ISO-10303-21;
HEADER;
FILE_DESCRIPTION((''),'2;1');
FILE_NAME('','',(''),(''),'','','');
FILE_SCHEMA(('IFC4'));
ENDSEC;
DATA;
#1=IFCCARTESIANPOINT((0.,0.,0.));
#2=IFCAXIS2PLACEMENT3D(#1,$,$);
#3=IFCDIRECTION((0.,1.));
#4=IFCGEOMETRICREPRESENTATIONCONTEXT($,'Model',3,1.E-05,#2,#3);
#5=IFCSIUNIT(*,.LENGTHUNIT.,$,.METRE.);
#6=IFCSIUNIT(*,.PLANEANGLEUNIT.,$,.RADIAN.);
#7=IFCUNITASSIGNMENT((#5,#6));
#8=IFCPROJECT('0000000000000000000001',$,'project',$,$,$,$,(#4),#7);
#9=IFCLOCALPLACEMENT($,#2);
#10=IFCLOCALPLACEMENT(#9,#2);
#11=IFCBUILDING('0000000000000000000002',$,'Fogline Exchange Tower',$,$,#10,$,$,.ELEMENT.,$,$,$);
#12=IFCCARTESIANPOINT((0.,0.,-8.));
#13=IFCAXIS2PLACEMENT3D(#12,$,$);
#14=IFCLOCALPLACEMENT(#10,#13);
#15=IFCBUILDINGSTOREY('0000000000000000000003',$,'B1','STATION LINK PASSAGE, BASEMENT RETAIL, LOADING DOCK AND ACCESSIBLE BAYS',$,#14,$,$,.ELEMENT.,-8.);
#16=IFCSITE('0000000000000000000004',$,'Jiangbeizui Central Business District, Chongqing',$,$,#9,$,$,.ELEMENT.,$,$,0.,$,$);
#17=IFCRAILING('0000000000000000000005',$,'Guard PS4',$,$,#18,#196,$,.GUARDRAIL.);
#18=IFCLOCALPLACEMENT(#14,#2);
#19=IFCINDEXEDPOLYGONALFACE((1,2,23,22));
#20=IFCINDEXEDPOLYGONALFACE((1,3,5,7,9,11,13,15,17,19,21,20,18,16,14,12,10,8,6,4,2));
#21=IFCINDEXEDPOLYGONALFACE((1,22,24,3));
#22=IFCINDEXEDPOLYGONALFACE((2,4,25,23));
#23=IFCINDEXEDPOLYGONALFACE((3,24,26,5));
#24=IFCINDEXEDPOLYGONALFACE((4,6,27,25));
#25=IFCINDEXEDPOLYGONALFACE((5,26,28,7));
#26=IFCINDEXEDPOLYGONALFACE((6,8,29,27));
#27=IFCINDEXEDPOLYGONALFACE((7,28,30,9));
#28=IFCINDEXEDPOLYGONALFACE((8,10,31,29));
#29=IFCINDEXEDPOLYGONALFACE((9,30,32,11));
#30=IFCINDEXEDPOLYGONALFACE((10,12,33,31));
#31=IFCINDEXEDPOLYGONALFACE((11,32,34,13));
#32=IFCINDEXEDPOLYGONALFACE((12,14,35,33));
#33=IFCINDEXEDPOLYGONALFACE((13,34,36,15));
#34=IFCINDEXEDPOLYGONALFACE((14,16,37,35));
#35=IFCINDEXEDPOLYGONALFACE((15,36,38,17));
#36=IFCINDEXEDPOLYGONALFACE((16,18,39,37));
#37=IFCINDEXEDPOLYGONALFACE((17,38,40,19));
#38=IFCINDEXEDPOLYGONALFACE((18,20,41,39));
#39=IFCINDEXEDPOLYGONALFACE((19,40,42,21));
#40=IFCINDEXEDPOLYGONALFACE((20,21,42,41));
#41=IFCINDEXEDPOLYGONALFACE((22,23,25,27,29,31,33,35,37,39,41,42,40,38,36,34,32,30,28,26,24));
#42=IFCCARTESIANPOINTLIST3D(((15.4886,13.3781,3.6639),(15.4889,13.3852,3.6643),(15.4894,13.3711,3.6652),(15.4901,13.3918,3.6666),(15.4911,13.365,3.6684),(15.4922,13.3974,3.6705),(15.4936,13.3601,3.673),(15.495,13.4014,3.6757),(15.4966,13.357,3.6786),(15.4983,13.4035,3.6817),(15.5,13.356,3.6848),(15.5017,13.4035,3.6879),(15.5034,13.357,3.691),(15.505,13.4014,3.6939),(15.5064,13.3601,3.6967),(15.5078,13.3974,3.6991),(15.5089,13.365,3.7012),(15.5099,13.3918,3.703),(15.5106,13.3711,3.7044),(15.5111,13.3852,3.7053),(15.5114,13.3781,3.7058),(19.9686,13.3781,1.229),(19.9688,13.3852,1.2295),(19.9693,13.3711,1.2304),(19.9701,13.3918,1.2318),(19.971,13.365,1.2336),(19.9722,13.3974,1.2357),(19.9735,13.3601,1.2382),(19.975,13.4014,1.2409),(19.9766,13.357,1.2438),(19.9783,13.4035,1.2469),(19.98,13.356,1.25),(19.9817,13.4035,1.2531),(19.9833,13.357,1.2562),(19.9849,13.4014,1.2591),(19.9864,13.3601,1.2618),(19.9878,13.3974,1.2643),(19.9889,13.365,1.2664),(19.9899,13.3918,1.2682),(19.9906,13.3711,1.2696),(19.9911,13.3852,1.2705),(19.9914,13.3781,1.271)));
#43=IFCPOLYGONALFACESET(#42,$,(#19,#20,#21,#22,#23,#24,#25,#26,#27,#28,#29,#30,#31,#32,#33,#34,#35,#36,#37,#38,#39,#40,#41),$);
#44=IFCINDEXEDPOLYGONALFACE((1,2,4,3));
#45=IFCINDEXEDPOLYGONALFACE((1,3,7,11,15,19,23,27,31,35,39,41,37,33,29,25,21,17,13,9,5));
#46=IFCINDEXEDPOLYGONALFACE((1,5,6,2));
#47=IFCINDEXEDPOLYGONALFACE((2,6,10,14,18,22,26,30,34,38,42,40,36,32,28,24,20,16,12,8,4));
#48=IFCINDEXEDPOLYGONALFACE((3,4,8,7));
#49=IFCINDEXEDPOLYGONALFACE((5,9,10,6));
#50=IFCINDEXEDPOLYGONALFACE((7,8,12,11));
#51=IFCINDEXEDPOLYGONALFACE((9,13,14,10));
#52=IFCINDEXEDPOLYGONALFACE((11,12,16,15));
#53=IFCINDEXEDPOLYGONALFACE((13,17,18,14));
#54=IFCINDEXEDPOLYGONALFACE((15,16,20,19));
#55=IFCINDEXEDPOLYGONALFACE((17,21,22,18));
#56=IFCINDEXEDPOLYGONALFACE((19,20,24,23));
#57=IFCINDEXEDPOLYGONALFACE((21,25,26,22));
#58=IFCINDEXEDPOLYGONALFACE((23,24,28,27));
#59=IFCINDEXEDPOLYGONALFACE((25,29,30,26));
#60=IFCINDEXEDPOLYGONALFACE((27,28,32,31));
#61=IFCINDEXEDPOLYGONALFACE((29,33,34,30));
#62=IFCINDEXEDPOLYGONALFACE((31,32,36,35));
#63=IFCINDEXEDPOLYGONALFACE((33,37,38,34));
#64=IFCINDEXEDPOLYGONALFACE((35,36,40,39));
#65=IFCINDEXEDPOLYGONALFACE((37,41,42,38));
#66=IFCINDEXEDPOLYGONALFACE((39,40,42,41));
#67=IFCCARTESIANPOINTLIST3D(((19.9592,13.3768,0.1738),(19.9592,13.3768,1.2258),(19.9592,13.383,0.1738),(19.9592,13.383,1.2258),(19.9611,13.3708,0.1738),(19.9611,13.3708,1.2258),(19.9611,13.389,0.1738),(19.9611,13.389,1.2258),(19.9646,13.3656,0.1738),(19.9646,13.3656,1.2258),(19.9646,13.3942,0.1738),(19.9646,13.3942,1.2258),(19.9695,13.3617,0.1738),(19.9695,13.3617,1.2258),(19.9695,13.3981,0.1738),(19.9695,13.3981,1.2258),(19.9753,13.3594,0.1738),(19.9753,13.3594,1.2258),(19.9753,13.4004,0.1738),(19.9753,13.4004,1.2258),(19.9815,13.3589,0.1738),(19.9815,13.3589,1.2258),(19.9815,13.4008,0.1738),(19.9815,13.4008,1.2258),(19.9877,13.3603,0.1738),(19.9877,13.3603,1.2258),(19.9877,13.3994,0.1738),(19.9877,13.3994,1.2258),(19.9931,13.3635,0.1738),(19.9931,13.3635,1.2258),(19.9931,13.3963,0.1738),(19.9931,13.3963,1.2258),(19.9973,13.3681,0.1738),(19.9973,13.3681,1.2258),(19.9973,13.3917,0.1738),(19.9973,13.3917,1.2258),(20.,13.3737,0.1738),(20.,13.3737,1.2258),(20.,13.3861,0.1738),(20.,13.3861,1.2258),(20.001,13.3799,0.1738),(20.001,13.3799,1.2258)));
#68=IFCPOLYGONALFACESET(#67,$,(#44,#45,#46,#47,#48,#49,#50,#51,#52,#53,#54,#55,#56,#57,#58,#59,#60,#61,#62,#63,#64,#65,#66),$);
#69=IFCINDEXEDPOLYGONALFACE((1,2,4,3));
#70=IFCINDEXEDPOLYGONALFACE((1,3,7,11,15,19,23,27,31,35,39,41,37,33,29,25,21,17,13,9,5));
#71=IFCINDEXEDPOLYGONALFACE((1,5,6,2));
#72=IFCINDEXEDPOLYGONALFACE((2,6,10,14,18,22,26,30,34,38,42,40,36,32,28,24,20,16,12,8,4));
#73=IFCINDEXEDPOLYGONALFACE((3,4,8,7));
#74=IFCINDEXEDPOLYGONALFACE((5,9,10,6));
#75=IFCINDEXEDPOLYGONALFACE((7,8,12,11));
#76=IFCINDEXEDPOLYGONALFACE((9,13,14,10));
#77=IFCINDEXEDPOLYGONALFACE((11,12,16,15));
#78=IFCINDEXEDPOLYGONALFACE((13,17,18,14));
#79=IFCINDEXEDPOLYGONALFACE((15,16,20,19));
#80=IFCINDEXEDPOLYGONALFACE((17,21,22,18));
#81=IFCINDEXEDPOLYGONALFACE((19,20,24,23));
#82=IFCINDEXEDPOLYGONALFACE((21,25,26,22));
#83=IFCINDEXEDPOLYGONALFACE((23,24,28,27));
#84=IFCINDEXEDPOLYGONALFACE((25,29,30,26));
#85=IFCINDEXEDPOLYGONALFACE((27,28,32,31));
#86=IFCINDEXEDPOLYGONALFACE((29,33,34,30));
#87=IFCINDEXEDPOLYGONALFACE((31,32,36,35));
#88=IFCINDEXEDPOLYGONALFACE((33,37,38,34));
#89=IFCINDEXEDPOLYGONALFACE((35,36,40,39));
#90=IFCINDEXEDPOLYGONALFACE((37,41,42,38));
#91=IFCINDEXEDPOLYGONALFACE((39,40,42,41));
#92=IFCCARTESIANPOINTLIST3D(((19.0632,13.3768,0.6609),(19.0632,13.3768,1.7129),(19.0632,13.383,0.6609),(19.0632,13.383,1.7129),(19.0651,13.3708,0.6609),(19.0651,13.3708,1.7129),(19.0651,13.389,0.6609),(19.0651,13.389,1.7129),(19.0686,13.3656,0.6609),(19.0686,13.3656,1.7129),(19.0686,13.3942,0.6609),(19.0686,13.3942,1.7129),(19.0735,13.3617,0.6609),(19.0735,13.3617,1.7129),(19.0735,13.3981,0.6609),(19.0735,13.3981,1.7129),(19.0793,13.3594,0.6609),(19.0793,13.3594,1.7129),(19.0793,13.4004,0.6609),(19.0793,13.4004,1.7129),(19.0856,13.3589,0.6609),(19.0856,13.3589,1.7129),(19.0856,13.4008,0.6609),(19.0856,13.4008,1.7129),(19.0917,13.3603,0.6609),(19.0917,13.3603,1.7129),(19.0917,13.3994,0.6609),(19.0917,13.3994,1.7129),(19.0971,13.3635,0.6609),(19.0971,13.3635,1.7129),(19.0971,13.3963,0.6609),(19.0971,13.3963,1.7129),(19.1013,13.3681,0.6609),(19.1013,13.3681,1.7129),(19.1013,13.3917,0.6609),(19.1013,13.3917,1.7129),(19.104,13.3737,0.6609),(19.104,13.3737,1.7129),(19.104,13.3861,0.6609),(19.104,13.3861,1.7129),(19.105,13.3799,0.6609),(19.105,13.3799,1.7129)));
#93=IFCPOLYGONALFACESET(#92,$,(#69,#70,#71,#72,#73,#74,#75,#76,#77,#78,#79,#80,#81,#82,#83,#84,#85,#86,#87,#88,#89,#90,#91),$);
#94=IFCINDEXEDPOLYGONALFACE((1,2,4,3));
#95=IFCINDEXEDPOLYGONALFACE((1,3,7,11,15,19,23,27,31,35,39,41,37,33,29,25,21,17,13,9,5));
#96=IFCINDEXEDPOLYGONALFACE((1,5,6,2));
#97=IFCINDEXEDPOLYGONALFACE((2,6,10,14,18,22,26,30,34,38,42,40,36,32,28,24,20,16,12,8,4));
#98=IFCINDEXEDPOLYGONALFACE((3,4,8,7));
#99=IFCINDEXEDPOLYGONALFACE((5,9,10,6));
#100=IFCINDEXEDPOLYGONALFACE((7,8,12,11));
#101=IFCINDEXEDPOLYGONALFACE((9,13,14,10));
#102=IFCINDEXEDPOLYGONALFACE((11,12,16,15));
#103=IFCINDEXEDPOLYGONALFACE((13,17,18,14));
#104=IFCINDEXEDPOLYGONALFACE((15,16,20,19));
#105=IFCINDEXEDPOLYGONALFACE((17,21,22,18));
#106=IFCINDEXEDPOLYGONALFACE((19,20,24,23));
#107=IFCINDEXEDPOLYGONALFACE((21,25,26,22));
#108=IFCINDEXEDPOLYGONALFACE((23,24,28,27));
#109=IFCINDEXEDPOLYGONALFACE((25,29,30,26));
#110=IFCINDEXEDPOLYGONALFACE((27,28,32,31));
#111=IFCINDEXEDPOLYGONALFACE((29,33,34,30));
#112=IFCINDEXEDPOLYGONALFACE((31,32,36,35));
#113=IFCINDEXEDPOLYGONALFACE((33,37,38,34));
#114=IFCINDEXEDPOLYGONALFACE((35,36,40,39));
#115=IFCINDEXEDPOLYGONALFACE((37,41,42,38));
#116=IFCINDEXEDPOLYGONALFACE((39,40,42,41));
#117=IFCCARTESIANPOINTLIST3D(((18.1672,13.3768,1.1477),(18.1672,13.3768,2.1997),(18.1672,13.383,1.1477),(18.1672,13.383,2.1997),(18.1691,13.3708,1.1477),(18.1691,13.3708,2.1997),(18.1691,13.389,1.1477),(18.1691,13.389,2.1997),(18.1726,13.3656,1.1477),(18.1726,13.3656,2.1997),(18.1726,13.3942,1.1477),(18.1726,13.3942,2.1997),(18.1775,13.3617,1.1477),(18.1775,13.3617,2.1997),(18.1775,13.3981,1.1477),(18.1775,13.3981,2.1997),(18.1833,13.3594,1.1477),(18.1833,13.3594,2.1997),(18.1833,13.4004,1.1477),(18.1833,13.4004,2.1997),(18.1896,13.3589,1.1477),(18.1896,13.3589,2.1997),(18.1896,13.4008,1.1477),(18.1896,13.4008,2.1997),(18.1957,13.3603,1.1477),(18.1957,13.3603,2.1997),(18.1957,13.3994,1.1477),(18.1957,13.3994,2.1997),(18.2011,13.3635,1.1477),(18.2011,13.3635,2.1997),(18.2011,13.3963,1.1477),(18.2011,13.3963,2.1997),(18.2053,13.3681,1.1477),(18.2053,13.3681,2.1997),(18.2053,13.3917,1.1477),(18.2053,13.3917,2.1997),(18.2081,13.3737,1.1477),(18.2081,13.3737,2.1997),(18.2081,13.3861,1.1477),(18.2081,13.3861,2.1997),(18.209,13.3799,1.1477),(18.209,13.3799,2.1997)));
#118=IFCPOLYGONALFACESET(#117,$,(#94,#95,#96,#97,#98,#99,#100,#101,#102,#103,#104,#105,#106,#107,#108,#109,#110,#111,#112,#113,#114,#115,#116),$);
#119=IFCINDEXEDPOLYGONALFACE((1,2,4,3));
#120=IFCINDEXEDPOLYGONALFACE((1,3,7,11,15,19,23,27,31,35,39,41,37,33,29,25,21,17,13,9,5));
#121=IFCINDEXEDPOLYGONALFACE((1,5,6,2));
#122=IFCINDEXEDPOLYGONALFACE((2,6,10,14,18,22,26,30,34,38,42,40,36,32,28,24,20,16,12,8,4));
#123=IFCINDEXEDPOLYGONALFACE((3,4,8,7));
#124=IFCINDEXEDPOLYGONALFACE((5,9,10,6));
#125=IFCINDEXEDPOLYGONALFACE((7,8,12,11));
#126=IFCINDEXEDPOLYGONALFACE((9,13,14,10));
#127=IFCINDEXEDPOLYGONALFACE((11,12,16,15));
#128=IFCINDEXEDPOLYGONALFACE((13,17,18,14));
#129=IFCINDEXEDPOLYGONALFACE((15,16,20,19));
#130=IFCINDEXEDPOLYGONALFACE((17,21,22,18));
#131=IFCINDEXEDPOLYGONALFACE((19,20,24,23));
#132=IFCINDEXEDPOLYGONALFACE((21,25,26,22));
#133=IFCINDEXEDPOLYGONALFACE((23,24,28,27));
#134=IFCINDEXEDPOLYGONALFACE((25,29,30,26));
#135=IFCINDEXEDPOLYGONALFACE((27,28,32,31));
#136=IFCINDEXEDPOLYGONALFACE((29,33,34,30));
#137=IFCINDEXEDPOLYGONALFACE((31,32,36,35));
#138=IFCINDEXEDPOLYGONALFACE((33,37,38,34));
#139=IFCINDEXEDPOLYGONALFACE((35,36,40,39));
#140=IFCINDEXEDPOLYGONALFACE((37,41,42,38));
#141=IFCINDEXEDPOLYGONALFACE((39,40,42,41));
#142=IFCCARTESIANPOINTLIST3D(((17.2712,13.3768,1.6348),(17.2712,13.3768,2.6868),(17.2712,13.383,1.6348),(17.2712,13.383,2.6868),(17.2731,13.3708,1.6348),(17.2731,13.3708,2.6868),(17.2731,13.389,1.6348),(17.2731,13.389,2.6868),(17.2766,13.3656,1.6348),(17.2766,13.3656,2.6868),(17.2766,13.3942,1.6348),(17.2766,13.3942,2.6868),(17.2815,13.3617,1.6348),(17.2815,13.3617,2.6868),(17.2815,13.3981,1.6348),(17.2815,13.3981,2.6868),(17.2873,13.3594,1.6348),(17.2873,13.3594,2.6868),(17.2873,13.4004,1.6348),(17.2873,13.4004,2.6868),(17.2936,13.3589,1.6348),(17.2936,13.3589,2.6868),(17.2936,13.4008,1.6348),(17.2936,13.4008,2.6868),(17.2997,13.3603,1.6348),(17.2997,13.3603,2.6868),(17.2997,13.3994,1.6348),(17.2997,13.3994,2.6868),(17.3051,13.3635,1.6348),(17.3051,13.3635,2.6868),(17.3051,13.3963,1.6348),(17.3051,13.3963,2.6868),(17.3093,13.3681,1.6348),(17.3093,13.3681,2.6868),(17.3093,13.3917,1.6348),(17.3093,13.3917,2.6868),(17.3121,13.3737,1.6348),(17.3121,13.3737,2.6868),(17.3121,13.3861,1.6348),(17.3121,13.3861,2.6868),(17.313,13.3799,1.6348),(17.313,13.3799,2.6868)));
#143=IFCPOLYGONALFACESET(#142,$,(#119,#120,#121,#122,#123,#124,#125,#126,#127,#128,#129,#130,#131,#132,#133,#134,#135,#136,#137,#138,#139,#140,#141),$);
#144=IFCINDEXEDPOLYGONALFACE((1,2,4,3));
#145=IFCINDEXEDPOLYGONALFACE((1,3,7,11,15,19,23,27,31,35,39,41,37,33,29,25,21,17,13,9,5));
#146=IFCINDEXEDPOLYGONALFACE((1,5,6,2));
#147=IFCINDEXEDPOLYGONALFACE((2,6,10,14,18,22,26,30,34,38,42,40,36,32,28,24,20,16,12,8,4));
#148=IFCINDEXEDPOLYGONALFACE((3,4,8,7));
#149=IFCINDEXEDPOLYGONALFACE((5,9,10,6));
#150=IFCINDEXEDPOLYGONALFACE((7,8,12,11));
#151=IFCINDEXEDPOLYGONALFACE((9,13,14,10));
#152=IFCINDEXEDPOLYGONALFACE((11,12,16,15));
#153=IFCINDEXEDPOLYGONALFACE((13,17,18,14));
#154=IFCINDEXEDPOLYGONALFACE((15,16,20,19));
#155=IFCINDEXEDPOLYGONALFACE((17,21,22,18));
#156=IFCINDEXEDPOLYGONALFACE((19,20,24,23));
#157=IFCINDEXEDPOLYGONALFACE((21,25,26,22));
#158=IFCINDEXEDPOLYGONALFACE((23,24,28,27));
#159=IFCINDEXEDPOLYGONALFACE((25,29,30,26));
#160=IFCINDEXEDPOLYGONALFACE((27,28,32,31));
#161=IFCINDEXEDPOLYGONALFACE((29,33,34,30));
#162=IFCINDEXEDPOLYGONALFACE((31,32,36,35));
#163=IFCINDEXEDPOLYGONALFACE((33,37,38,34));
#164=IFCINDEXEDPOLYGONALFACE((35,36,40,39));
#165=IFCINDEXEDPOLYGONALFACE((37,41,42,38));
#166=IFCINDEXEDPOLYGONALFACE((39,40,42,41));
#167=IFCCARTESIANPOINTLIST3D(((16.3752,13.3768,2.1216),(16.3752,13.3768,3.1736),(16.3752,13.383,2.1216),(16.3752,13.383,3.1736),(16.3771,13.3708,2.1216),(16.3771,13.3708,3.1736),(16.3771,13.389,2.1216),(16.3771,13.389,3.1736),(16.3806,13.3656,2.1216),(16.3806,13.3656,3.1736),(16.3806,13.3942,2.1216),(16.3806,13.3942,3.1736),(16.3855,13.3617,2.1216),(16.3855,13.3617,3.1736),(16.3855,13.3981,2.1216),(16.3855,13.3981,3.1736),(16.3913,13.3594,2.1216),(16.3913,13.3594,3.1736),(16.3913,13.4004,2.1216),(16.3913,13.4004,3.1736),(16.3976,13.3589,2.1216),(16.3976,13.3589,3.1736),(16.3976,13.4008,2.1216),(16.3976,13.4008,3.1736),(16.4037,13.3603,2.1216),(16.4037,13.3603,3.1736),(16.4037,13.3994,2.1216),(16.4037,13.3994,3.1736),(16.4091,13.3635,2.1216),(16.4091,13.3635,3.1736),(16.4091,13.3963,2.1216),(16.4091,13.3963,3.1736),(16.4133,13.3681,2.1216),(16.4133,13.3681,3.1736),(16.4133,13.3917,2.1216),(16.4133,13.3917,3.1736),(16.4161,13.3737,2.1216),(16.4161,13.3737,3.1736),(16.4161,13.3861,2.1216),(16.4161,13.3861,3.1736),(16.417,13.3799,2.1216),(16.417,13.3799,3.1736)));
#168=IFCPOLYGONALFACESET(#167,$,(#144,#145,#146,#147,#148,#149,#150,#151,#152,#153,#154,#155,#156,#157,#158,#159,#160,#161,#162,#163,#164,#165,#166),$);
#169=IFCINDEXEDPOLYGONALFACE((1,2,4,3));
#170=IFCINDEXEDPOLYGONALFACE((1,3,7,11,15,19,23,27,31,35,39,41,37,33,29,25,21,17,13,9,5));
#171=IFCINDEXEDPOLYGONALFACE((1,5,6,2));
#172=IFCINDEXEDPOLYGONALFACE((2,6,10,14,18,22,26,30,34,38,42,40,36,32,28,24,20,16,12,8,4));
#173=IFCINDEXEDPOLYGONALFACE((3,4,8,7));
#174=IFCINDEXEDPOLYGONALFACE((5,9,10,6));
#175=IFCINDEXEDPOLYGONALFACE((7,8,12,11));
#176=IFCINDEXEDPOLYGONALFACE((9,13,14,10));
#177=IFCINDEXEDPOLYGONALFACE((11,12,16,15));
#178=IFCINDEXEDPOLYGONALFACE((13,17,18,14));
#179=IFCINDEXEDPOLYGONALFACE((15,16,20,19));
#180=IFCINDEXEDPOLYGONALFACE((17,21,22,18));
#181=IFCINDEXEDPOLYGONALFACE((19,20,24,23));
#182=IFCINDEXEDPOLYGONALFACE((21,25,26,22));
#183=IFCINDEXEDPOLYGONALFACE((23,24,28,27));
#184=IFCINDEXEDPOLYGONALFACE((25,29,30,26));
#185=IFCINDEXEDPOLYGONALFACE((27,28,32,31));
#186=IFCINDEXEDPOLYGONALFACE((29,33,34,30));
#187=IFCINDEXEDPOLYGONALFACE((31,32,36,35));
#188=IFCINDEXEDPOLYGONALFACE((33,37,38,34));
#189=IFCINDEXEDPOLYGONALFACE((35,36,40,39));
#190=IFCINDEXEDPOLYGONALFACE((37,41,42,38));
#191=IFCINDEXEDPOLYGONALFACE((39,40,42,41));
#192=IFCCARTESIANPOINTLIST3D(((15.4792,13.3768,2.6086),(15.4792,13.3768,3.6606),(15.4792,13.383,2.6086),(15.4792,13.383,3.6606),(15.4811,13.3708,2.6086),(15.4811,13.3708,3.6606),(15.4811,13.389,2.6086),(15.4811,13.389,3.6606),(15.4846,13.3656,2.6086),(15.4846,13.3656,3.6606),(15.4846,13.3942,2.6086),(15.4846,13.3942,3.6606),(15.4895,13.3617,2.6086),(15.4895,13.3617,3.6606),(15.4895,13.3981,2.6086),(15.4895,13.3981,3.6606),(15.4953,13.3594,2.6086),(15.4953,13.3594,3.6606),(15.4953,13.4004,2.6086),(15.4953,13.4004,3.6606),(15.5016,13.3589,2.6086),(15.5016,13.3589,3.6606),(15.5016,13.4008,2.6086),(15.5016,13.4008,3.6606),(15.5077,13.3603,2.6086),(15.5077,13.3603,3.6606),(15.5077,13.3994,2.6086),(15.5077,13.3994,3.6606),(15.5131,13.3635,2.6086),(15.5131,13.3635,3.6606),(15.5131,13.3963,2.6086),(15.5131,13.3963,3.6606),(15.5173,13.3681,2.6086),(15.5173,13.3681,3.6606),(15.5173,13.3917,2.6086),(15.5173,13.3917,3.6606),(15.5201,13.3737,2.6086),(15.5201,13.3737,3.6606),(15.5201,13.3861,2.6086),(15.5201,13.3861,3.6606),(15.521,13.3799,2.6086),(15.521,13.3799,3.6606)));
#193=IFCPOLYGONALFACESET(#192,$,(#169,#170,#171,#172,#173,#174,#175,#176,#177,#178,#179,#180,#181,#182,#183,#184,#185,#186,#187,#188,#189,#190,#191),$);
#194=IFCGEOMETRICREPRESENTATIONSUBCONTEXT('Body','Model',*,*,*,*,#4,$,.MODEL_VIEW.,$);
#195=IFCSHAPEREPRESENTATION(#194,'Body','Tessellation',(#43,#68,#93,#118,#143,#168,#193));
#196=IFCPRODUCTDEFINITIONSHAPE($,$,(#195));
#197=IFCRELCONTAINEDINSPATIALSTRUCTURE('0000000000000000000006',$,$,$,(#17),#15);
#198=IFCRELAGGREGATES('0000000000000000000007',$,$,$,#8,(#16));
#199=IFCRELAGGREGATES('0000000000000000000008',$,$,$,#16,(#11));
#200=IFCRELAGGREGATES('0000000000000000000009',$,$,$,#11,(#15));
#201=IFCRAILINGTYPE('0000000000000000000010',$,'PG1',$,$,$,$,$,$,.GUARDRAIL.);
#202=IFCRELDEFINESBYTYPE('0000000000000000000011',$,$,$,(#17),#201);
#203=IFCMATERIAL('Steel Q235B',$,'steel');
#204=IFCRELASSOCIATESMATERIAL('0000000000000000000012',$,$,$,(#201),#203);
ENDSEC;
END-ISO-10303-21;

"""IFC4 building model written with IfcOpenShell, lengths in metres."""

from ifc_helpers import new_model, si_unit, direction, frame, origin, origin_2d, place, context, subcontext, project, spatial, circle, extrude, material, type_object, element, save


model = new_model("IFC4")

# Units and contexts
model_context = context("Model", 3, precision=1e-05, world=origin(), true_north=direction((0.0, 1.0)))
body_context = subcontext(model_context, "Body", "Model", "MODEL_VIEW")
ifc_project = project(units=[si_unit("LENGTHUNIT", "METRE"), si_unit("PLANEANGLEUNIT", "RADIAN")], contexts=[model_context])

# Site, building, storey
site_placement = place(None, origin())
site = spatial("IfcSite", under=ifc_project, at=site_placement, Name="Jiangbeizui Central Business District, Chongqing", CompositionType="ELEMENT", RefElevation=0.0)
building_placement = place(site_placement, origin())
building = spatial("IfcBuilding", under=site, at=building_placement, Name="Fogline Exchange Tower", CompositionType="ELEMENT")
storey_placement = place(building_placement, frame((0.0, 0.0, -8.0)))
storey = spatial("IfcBuildingStorey", under=building, at=storey_placement, Name="B1", Description="STATION LINK PASSAGE, BASEMENT RETAIL, LOADING DOCK AND ACCESSIBLE BAYS", CompositionType="ELEMENT", Elevation=-8.0)

# Shared definitions
ifc_material_1 = material(Name="Steel Q235B", Category="steel")

# Railing
railing_type_1 = type_object("IfcRailingType", Name="PG1", PredefinedType="GUARDRAIL", material=ifc_material_1)
for number, where, name in (
    (1, (19.98, 13.3799, 0.1738), "Guard PS4"),
):
    element("IfcRailing", number, at=place(storey_placement, frame(where)), inside=storey, type_object=railing_type_1, Name=name, PredefinedType="GUARDRAIL", context=body_context, shape_type="SweptSolid", body=[
        extrude(circle(Radius=0.0239, at=origin_2d()), frame((0.0, 0.0, 1.0762), z_axis=(-0.878621, 0.0, 0.47752), x_axis=(0.0, -1.0, 0.0)), (0.0, 0.0, 1.0), 5.0989),
        extrude(circle(Radius=0.021, at=origin_2d()), origin(), (0.0, 0.0, 1.0), 1.052),
        extrude(circle(Radius=0.021, at=origin_2d()), frame((-0.896, 0.0, 0.4871)), (0.0, 0.0, 1.0), 1.052),
        extrude(circle(Radius=0.021, at=origin_2d()), frame((-1.792, 0.0, 0.9739)), (0.0, 0.0, 1.0), 1.052),
        extrude(circle(Radius=0.021, at=origin_2d()), frame((-2.688, 0.0, 1.4609)), (0.0, 0.0, 1.0), 1.052),
        extrude(circle(Radius=0.021, at=origin_2d()), frame((-3.584, 0.0, 1.9478)), (0.0, 0.0, 1.0), 1.052),
        extrude(circle(Radius=0.021, at=origin_2d()), frame((-4.48, 0.0, 2.4348)), (0.0, 0.0, 1.0), 1.052),
    ])

save(model, "model.ifc")
